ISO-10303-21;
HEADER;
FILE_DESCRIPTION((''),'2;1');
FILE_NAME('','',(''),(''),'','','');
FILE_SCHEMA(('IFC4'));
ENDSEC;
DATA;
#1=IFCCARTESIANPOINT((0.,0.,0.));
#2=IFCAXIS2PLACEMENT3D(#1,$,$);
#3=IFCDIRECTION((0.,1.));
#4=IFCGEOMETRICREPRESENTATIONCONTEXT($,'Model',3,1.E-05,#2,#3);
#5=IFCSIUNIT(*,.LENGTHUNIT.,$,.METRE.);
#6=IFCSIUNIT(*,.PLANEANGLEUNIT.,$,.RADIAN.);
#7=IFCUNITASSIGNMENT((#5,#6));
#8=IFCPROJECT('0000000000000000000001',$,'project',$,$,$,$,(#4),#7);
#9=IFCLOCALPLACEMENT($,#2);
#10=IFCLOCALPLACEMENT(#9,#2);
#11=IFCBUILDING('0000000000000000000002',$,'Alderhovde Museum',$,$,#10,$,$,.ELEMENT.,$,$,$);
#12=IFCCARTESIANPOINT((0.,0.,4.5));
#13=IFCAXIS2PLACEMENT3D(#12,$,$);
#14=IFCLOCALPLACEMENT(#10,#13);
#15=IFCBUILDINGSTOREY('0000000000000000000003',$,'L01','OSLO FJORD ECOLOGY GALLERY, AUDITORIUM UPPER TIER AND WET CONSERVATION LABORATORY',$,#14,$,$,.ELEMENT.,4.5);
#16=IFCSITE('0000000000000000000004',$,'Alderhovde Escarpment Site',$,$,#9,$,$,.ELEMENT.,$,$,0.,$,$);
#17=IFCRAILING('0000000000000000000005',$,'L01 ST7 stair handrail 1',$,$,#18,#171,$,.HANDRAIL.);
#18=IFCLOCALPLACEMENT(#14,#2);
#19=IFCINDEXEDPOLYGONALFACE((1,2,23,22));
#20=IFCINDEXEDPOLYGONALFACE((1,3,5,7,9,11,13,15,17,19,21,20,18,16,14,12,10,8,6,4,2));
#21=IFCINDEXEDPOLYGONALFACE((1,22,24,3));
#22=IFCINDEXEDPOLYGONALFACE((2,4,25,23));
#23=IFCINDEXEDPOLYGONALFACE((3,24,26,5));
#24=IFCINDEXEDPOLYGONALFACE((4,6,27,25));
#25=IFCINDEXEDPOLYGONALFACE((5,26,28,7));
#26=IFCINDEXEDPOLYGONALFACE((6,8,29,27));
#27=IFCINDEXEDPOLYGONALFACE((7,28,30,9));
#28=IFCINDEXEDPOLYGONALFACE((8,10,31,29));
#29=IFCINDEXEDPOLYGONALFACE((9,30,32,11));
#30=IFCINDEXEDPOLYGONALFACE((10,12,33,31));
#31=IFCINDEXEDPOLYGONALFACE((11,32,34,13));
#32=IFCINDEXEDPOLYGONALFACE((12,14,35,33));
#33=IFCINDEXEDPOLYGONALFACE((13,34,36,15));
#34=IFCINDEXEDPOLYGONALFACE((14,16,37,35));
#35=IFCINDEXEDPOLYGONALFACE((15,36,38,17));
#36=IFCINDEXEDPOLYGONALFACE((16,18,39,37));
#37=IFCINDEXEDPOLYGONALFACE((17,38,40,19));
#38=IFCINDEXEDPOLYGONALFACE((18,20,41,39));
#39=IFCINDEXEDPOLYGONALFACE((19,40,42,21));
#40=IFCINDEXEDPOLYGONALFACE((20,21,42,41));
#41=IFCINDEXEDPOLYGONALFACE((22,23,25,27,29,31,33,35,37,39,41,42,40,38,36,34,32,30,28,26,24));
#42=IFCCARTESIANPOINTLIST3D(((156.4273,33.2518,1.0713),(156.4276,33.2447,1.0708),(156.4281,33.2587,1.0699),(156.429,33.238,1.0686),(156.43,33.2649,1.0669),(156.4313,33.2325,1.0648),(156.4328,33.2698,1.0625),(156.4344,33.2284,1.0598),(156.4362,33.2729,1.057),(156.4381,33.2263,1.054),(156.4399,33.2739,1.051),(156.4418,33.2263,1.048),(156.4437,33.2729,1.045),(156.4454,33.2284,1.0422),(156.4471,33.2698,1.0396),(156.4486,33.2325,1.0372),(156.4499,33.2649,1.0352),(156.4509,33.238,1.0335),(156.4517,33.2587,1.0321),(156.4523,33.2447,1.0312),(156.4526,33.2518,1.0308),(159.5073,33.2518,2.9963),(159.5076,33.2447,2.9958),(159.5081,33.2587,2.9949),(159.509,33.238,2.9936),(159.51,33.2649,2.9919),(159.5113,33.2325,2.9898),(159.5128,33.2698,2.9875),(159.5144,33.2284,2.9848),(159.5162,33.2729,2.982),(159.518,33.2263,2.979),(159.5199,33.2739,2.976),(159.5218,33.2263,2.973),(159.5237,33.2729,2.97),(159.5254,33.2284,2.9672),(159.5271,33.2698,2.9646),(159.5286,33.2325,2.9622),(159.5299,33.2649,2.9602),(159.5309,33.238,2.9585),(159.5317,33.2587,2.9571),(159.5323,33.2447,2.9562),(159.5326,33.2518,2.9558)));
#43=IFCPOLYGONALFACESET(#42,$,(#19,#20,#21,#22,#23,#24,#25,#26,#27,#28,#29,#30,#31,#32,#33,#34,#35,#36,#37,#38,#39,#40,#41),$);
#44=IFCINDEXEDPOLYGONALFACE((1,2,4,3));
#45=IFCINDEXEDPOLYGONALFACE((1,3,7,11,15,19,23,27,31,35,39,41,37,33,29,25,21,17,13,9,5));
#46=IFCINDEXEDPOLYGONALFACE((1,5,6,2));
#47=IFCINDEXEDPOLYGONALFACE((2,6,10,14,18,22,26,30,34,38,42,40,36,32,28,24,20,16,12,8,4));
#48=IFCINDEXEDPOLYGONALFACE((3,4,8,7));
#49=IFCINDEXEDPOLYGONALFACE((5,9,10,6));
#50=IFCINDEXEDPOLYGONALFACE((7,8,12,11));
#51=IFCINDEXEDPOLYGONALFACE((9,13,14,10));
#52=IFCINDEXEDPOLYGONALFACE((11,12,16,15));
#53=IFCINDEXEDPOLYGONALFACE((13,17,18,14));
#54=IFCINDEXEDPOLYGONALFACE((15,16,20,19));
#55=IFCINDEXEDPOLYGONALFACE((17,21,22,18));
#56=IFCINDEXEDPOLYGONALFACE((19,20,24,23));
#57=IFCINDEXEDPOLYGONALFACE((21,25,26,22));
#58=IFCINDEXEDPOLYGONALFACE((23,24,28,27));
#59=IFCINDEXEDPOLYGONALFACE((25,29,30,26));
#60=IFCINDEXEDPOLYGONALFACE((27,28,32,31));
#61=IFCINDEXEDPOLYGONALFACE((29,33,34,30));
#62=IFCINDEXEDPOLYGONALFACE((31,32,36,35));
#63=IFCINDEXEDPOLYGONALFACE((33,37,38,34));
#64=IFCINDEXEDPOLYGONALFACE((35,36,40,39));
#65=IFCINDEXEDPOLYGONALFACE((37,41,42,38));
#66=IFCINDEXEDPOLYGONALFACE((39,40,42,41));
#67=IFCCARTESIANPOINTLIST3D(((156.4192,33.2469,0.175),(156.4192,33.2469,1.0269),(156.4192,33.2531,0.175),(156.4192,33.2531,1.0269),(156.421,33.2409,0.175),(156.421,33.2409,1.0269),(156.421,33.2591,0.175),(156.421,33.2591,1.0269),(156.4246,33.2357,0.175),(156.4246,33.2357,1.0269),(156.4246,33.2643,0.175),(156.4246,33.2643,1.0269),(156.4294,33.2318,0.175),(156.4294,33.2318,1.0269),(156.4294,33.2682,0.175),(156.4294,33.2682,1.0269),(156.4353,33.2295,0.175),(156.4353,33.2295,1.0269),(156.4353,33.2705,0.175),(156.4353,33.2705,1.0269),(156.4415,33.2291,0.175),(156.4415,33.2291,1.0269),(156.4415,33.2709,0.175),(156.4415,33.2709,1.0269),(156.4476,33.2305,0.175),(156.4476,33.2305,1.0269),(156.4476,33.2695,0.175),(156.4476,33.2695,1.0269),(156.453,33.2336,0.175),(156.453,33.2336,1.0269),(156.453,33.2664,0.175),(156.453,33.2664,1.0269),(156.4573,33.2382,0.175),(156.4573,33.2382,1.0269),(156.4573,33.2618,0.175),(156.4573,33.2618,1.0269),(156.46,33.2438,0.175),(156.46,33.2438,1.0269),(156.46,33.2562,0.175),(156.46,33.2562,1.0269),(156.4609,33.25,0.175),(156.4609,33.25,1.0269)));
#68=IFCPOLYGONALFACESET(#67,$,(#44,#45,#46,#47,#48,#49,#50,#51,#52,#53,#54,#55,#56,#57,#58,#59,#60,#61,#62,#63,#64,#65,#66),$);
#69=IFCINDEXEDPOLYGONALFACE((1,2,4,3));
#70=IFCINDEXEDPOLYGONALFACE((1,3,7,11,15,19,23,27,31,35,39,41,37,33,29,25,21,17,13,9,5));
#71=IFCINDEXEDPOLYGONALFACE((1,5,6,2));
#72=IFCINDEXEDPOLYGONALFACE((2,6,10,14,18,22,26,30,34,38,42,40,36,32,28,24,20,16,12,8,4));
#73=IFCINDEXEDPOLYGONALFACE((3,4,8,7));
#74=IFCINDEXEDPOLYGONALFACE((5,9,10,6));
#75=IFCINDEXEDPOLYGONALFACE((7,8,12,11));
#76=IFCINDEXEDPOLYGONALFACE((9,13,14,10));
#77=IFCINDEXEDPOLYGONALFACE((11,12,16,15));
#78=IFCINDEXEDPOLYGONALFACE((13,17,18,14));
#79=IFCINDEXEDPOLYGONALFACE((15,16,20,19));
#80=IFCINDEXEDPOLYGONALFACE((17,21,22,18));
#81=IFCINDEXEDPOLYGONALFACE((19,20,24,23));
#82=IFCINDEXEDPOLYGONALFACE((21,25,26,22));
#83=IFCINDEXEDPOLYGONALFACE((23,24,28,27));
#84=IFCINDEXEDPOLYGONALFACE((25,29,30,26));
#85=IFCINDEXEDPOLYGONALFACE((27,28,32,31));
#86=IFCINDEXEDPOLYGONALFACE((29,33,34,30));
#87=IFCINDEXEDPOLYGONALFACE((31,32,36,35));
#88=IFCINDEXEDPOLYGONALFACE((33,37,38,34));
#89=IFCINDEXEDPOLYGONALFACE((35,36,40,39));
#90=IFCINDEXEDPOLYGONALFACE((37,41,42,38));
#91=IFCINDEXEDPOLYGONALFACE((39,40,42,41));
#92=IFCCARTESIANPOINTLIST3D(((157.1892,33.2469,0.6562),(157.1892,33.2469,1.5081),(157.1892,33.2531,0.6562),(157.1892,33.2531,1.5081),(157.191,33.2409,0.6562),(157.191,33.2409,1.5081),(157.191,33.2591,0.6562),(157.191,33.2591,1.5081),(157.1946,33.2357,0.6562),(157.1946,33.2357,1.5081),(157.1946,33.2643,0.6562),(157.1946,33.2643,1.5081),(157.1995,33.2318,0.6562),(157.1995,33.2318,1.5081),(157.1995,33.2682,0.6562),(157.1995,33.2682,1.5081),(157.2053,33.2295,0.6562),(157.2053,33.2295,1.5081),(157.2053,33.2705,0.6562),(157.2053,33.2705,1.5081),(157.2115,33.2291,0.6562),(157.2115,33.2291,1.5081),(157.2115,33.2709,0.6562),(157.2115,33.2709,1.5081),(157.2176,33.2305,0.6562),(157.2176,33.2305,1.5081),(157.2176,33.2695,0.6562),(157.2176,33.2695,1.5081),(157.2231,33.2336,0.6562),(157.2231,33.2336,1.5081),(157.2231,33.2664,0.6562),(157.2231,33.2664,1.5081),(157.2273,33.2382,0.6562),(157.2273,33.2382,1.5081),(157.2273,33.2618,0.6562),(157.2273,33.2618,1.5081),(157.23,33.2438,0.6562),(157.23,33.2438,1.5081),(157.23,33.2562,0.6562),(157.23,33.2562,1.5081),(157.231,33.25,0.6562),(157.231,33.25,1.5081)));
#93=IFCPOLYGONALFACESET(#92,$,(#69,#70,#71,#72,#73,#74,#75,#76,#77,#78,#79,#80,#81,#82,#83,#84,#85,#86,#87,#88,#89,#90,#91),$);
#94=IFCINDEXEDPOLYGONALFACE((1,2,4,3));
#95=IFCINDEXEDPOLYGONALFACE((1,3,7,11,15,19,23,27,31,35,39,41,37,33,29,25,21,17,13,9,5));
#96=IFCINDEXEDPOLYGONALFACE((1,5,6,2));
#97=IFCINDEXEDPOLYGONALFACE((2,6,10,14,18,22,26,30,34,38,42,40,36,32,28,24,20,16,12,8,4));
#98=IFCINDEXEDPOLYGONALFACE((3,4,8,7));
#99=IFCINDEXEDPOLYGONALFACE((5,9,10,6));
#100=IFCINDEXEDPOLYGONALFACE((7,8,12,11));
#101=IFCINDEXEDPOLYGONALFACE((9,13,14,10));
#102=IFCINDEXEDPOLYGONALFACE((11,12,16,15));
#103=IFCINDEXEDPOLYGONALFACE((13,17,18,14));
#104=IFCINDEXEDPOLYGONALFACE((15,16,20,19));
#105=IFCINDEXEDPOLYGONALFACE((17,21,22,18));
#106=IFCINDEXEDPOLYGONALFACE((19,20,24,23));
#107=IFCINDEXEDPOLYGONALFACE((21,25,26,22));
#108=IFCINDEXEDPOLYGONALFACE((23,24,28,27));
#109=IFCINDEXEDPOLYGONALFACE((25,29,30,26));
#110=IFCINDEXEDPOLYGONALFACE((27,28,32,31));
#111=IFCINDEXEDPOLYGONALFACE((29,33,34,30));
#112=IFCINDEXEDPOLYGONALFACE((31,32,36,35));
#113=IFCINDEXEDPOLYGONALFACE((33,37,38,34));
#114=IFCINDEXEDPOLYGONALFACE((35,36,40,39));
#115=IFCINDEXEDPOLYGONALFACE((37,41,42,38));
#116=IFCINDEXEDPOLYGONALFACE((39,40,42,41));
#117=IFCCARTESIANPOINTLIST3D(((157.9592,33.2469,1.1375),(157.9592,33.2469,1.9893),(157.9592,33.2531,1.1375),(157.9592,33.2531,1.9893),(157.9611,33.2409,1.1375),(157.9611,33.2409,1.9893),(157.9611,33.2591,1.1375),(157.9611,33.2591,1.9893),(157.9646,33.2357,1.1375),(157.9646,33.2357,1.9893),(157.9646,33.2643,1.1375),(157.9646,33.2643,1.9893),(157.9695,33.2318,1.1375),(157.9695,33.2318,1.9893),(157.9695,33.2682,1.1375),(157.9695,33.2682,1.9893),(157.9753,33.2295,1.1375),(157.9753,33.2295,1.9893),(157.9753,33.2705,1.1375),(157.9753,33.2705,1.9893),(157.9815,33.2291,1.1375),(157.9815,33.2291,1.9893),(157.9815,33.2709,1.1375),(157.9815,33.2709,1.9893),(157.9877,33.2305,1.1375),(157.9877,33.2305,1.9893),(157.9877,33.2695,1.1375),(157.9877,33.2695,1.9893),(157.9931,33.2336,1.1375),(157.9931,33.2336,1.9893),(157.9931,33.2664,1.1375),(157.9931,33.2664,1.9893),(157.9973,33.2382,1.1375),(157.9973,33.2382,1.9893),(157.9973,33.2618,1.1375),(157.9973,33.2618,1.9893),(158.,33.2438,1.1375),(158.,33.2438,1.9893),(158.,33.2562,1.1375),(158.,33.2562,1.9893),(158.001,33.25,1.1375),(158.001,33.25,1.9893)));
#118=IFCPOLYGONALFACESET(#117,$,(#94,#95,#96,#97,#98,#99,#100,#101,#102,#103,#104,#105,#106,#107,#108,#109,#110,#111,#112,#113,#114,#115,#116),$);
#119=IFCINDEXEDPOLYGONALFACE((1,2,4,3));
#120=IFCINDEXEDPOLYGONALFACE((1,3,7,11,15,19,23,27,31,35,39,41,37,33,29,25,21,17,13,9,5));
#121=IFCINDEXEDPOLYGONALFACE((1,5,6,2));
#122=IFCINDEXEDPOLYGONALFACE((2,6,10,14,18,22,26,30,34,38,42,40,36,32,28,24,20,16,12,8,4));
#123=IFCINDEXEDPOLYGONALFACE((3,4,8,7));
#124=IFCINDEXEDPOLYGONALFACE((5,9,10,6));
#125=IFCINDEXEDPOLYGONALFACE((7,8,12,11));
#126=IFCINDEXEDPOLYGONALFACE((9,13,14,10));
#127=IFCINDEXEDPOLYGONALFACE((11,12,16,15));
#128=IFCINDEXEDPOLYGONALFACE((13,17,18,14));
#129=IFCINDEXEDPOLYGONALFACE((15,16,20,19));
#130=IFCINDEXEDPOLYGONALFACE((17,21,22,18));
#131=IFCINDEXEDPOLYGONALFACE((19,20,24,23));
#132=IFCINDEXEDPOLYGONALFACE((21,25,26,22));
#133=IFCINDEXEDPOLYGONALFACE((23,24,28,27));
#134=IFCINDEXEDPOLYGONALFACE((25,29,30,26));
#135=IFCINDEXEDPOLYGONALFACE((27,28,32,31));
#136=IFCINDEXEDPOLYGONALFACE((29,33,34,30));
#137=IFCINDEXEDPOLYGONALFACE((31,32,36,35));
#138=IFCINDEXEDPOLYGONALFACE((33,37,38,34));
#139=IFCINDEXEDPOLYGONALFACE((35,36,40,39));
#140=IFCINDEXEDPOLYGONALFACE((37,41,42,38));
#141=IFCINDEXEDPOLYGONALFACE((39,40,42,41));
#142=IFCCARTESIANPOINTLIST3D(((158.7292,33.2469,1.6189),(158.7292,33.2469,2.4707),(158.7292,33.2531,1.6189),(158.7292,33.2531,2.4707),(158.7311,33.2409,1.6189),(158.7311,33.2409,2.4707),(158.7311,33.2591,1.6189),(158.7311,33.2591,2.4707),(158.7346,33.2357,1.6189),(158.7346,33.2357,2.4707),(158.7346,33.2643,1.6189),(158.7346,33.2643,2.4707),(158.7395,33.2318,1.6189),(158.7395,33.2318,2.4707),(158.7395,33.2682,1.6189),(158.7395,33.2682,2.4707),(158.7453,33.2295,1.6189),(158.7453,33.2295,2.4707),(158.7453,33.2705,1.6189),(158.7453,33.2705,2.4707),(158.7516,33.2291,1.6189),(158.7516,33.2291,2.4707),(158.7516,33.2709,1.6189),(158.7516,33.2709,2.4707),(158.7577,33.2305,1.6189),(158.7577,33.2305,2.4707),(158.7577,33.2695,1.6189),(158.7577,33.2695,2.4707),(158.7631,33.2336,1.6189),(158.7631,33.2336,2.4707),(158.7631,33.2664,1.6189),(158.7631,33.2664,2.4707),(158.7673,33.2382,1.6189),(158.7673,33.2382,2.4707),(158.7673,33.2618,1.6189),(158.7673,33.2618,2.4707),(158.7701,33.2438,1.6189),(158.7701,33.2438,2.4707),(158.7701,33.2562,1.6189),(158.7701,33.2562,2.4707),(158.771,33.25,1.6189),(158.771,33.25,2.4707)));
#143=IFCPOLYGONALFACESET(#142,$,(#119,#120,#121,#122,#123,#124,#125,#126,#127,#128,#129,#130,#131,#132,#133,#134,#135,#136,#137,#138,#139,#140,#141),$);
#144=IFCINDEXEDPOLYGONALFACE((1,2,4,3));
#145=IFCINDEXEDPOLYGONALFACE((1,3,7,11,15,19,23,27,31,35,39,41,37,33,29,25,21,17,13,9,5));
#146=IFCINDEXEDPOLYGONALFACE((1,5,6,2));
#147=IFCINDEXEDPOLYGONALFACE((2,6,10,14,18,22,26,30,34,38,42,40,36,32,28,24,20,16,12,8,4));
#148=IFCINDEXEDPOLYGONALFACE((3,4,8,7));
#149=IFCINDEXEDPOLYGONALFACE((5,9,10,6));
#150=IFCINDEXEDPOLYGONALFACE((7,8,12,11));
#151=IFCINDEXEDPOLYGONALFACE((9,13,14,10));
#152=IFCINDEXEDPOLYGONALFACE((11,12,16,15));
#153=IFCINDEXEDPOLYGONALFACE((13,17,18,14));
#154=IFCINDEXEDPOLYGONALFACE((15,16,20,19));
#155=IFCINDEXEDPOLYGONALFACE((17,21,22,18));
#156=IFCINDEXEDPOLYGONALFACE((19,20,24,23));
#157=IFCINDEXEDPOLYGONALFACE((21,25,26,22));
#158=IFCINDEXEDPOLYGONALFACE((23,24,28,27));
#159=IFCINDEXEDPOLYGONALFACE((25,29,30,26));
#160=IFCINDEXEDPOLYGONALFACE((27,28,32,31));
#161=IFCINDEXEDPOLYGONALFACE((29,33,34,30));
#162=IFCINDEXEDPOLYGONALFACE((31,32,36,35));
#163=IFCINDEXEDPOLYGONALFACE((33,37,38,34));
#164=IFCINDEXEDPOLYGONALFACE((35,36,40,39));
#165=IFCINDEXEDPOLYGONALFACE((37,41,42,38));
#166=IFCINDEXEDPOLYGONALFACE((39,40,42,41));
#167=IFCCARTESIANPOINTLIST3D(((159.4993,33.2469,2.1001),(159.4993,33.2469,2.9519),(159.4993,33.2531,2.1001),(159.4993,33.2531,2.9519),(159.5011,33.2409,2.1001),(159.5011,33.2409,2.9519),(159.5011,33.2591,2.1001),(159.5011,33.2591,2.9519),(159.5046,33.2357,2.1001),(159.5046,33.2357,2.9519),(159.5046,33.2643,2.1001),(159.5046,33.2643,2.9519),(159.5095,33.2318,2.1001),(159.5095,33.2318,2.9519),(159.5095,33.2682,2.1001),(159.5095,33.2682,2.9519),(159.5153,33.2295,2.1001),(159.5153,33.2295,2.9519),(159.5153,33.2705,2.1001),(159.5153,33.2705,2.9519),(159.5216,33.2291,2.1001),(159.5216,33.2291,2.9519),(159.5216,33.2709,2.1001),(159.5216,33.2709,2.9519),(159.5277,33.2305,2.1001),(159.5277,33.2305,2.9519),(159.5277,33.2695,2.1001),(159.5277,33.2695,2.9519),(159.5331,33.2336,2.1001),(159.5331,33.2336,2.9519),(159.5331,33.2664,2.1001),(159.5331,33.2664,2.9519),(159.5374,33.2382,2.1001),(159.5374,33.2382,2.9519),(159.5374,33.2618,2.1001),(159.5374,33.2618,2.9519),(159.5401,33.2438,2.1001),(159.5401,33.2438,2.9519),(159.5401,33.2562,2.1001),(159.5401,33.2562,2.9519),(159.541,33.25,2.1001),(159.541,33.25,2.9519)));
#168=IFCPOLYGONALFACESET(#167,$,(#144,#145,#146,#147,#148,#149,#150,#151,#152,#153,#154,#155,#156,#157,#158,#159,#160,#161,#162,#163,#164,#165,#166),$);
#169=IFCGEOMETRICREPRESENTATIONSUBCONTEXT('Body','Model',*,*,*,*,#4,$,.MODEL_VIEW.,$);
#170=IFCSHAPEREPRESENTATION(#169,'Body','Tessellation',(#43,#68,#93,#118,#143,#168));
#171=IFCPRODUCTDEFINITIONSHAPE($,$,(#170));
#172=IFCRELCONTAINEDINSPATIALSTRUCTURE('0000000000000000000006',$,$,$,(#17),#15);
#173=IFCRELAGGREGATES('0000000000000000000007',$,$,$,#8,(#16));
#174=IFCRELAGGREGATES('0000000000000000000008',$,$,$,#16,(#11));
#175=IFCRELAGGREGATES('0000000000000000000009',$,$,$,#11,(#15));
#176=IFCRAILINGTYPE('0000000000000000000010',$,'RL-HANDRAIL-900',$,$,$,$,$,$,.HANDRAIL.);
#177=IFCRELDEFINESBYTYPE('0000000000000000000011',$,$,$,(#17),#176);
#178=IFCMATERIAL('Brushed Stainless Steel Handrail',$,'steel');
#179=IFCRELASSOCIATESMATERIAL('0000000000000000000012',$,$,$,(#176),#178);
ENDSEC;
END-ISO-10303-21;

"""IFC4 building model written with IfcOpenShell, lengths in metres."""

from ifc_helpers import new_model, si_unit, direction, frame, origin, origin_2d, place, context, subcontext, project, spatial, circle, extrude, material, type_object, element, save


model = new_model("IFC4")

# Units and contexts
model_context = context("Model", 3, precision=1e-05, world=origin(), true_north=direction((0.0, 1.0)))
body_context = subcontext(model_context, "Body", "Model", "MODEL_VIEW")
ifc_project = project(units=[si_unit("LENGTHUNIT", "METRE"), si_unit("PLANEANGLEUNIT", "RADIAN")], contexts=[model_context])

# Site, building, storey
site_placement = place(None, origin())
site = spatial("IfcSite", under=ifc_project, at=site_placement, Name="Alderhovde Escarpment Site", CompositionType="ELEMENT", RefElevation=0.0)
building_placement = place(site_placement, origin())
building = spatial("IfcBuilding", under=site, at=building_placement, Name="Alderhovde Museum", CompositionType="ELEMENT")
storey_placement = place(building_placement, frame((0.0, 0.0, 4.5)))
storey = spatial("IfcBuildingStorey", under=building, at=storey_placement, Name="L01", Description="OSLO FJORD ECOLOGY GALLERY, AUDITORIUM UPPER TIER AND WET CONSERVATION LABORATORY", CompositionType="ELEMENT", Elevation=4.5)

# Railing
ifc_material_1 = material(Name="Brushed Stainless Steel Handrail", Category="steel")
railing_type_1 = type_object("IfcRailingType", Name="RL-HANDRAIL-900", PredefinedType="HANDRAIL", material=ifc_material_1)
railing_1_placement = place(storey_placement, frame((156.4399, 33.25, 0.175)))
element("IfcRailing", 1, at=railing_1_placement, inside=storey, type_object=railing_type_1, Name="L01 ST7 stair handrail 1", PredefinedType="HANDRAIL", context=body_context, shape_type="SweptSolid", body=[
    extrude(circle(Radius=0.0239, at=origin_2d()), frame((0.0, 0.0, 0.876), z_axis=(0.847998, 0.0, 0.529999), x_axis=(0.0, 1.0, 0.0)), (0.0, 0.0, 1.0), 3.6321),
    extrude(circle(Radius=0.021, at=origin_2d()), origin(), (0.0, 0.0, 1.0), 0.8518),
    extrude(circle(Radius=0.021, at=origin_2d()), frame((0.77, 0.0, 0.4812)), (0.0, 0.0, 1.0), 0.8518),
    extrude(circle(Radius=0.021, at=origin_2d()), frame((1.54, 0.0, 0.9624)), (0.0, 0.0, 1.0), 0.8518),
    extrude(circle(Radius=0.021, at=origin_2d()), frame((2.3101, 0.0, 1.4438)), (0.0, 0.0, 1.0), 0.8518),
    extrude(circle(Radius=0.021, at=origin_2d()), frame((3.0801, 0.0, 1.925)), (0.0, 0.0, 1.0), 0.8518),
])

save(model, "model.ifc")
